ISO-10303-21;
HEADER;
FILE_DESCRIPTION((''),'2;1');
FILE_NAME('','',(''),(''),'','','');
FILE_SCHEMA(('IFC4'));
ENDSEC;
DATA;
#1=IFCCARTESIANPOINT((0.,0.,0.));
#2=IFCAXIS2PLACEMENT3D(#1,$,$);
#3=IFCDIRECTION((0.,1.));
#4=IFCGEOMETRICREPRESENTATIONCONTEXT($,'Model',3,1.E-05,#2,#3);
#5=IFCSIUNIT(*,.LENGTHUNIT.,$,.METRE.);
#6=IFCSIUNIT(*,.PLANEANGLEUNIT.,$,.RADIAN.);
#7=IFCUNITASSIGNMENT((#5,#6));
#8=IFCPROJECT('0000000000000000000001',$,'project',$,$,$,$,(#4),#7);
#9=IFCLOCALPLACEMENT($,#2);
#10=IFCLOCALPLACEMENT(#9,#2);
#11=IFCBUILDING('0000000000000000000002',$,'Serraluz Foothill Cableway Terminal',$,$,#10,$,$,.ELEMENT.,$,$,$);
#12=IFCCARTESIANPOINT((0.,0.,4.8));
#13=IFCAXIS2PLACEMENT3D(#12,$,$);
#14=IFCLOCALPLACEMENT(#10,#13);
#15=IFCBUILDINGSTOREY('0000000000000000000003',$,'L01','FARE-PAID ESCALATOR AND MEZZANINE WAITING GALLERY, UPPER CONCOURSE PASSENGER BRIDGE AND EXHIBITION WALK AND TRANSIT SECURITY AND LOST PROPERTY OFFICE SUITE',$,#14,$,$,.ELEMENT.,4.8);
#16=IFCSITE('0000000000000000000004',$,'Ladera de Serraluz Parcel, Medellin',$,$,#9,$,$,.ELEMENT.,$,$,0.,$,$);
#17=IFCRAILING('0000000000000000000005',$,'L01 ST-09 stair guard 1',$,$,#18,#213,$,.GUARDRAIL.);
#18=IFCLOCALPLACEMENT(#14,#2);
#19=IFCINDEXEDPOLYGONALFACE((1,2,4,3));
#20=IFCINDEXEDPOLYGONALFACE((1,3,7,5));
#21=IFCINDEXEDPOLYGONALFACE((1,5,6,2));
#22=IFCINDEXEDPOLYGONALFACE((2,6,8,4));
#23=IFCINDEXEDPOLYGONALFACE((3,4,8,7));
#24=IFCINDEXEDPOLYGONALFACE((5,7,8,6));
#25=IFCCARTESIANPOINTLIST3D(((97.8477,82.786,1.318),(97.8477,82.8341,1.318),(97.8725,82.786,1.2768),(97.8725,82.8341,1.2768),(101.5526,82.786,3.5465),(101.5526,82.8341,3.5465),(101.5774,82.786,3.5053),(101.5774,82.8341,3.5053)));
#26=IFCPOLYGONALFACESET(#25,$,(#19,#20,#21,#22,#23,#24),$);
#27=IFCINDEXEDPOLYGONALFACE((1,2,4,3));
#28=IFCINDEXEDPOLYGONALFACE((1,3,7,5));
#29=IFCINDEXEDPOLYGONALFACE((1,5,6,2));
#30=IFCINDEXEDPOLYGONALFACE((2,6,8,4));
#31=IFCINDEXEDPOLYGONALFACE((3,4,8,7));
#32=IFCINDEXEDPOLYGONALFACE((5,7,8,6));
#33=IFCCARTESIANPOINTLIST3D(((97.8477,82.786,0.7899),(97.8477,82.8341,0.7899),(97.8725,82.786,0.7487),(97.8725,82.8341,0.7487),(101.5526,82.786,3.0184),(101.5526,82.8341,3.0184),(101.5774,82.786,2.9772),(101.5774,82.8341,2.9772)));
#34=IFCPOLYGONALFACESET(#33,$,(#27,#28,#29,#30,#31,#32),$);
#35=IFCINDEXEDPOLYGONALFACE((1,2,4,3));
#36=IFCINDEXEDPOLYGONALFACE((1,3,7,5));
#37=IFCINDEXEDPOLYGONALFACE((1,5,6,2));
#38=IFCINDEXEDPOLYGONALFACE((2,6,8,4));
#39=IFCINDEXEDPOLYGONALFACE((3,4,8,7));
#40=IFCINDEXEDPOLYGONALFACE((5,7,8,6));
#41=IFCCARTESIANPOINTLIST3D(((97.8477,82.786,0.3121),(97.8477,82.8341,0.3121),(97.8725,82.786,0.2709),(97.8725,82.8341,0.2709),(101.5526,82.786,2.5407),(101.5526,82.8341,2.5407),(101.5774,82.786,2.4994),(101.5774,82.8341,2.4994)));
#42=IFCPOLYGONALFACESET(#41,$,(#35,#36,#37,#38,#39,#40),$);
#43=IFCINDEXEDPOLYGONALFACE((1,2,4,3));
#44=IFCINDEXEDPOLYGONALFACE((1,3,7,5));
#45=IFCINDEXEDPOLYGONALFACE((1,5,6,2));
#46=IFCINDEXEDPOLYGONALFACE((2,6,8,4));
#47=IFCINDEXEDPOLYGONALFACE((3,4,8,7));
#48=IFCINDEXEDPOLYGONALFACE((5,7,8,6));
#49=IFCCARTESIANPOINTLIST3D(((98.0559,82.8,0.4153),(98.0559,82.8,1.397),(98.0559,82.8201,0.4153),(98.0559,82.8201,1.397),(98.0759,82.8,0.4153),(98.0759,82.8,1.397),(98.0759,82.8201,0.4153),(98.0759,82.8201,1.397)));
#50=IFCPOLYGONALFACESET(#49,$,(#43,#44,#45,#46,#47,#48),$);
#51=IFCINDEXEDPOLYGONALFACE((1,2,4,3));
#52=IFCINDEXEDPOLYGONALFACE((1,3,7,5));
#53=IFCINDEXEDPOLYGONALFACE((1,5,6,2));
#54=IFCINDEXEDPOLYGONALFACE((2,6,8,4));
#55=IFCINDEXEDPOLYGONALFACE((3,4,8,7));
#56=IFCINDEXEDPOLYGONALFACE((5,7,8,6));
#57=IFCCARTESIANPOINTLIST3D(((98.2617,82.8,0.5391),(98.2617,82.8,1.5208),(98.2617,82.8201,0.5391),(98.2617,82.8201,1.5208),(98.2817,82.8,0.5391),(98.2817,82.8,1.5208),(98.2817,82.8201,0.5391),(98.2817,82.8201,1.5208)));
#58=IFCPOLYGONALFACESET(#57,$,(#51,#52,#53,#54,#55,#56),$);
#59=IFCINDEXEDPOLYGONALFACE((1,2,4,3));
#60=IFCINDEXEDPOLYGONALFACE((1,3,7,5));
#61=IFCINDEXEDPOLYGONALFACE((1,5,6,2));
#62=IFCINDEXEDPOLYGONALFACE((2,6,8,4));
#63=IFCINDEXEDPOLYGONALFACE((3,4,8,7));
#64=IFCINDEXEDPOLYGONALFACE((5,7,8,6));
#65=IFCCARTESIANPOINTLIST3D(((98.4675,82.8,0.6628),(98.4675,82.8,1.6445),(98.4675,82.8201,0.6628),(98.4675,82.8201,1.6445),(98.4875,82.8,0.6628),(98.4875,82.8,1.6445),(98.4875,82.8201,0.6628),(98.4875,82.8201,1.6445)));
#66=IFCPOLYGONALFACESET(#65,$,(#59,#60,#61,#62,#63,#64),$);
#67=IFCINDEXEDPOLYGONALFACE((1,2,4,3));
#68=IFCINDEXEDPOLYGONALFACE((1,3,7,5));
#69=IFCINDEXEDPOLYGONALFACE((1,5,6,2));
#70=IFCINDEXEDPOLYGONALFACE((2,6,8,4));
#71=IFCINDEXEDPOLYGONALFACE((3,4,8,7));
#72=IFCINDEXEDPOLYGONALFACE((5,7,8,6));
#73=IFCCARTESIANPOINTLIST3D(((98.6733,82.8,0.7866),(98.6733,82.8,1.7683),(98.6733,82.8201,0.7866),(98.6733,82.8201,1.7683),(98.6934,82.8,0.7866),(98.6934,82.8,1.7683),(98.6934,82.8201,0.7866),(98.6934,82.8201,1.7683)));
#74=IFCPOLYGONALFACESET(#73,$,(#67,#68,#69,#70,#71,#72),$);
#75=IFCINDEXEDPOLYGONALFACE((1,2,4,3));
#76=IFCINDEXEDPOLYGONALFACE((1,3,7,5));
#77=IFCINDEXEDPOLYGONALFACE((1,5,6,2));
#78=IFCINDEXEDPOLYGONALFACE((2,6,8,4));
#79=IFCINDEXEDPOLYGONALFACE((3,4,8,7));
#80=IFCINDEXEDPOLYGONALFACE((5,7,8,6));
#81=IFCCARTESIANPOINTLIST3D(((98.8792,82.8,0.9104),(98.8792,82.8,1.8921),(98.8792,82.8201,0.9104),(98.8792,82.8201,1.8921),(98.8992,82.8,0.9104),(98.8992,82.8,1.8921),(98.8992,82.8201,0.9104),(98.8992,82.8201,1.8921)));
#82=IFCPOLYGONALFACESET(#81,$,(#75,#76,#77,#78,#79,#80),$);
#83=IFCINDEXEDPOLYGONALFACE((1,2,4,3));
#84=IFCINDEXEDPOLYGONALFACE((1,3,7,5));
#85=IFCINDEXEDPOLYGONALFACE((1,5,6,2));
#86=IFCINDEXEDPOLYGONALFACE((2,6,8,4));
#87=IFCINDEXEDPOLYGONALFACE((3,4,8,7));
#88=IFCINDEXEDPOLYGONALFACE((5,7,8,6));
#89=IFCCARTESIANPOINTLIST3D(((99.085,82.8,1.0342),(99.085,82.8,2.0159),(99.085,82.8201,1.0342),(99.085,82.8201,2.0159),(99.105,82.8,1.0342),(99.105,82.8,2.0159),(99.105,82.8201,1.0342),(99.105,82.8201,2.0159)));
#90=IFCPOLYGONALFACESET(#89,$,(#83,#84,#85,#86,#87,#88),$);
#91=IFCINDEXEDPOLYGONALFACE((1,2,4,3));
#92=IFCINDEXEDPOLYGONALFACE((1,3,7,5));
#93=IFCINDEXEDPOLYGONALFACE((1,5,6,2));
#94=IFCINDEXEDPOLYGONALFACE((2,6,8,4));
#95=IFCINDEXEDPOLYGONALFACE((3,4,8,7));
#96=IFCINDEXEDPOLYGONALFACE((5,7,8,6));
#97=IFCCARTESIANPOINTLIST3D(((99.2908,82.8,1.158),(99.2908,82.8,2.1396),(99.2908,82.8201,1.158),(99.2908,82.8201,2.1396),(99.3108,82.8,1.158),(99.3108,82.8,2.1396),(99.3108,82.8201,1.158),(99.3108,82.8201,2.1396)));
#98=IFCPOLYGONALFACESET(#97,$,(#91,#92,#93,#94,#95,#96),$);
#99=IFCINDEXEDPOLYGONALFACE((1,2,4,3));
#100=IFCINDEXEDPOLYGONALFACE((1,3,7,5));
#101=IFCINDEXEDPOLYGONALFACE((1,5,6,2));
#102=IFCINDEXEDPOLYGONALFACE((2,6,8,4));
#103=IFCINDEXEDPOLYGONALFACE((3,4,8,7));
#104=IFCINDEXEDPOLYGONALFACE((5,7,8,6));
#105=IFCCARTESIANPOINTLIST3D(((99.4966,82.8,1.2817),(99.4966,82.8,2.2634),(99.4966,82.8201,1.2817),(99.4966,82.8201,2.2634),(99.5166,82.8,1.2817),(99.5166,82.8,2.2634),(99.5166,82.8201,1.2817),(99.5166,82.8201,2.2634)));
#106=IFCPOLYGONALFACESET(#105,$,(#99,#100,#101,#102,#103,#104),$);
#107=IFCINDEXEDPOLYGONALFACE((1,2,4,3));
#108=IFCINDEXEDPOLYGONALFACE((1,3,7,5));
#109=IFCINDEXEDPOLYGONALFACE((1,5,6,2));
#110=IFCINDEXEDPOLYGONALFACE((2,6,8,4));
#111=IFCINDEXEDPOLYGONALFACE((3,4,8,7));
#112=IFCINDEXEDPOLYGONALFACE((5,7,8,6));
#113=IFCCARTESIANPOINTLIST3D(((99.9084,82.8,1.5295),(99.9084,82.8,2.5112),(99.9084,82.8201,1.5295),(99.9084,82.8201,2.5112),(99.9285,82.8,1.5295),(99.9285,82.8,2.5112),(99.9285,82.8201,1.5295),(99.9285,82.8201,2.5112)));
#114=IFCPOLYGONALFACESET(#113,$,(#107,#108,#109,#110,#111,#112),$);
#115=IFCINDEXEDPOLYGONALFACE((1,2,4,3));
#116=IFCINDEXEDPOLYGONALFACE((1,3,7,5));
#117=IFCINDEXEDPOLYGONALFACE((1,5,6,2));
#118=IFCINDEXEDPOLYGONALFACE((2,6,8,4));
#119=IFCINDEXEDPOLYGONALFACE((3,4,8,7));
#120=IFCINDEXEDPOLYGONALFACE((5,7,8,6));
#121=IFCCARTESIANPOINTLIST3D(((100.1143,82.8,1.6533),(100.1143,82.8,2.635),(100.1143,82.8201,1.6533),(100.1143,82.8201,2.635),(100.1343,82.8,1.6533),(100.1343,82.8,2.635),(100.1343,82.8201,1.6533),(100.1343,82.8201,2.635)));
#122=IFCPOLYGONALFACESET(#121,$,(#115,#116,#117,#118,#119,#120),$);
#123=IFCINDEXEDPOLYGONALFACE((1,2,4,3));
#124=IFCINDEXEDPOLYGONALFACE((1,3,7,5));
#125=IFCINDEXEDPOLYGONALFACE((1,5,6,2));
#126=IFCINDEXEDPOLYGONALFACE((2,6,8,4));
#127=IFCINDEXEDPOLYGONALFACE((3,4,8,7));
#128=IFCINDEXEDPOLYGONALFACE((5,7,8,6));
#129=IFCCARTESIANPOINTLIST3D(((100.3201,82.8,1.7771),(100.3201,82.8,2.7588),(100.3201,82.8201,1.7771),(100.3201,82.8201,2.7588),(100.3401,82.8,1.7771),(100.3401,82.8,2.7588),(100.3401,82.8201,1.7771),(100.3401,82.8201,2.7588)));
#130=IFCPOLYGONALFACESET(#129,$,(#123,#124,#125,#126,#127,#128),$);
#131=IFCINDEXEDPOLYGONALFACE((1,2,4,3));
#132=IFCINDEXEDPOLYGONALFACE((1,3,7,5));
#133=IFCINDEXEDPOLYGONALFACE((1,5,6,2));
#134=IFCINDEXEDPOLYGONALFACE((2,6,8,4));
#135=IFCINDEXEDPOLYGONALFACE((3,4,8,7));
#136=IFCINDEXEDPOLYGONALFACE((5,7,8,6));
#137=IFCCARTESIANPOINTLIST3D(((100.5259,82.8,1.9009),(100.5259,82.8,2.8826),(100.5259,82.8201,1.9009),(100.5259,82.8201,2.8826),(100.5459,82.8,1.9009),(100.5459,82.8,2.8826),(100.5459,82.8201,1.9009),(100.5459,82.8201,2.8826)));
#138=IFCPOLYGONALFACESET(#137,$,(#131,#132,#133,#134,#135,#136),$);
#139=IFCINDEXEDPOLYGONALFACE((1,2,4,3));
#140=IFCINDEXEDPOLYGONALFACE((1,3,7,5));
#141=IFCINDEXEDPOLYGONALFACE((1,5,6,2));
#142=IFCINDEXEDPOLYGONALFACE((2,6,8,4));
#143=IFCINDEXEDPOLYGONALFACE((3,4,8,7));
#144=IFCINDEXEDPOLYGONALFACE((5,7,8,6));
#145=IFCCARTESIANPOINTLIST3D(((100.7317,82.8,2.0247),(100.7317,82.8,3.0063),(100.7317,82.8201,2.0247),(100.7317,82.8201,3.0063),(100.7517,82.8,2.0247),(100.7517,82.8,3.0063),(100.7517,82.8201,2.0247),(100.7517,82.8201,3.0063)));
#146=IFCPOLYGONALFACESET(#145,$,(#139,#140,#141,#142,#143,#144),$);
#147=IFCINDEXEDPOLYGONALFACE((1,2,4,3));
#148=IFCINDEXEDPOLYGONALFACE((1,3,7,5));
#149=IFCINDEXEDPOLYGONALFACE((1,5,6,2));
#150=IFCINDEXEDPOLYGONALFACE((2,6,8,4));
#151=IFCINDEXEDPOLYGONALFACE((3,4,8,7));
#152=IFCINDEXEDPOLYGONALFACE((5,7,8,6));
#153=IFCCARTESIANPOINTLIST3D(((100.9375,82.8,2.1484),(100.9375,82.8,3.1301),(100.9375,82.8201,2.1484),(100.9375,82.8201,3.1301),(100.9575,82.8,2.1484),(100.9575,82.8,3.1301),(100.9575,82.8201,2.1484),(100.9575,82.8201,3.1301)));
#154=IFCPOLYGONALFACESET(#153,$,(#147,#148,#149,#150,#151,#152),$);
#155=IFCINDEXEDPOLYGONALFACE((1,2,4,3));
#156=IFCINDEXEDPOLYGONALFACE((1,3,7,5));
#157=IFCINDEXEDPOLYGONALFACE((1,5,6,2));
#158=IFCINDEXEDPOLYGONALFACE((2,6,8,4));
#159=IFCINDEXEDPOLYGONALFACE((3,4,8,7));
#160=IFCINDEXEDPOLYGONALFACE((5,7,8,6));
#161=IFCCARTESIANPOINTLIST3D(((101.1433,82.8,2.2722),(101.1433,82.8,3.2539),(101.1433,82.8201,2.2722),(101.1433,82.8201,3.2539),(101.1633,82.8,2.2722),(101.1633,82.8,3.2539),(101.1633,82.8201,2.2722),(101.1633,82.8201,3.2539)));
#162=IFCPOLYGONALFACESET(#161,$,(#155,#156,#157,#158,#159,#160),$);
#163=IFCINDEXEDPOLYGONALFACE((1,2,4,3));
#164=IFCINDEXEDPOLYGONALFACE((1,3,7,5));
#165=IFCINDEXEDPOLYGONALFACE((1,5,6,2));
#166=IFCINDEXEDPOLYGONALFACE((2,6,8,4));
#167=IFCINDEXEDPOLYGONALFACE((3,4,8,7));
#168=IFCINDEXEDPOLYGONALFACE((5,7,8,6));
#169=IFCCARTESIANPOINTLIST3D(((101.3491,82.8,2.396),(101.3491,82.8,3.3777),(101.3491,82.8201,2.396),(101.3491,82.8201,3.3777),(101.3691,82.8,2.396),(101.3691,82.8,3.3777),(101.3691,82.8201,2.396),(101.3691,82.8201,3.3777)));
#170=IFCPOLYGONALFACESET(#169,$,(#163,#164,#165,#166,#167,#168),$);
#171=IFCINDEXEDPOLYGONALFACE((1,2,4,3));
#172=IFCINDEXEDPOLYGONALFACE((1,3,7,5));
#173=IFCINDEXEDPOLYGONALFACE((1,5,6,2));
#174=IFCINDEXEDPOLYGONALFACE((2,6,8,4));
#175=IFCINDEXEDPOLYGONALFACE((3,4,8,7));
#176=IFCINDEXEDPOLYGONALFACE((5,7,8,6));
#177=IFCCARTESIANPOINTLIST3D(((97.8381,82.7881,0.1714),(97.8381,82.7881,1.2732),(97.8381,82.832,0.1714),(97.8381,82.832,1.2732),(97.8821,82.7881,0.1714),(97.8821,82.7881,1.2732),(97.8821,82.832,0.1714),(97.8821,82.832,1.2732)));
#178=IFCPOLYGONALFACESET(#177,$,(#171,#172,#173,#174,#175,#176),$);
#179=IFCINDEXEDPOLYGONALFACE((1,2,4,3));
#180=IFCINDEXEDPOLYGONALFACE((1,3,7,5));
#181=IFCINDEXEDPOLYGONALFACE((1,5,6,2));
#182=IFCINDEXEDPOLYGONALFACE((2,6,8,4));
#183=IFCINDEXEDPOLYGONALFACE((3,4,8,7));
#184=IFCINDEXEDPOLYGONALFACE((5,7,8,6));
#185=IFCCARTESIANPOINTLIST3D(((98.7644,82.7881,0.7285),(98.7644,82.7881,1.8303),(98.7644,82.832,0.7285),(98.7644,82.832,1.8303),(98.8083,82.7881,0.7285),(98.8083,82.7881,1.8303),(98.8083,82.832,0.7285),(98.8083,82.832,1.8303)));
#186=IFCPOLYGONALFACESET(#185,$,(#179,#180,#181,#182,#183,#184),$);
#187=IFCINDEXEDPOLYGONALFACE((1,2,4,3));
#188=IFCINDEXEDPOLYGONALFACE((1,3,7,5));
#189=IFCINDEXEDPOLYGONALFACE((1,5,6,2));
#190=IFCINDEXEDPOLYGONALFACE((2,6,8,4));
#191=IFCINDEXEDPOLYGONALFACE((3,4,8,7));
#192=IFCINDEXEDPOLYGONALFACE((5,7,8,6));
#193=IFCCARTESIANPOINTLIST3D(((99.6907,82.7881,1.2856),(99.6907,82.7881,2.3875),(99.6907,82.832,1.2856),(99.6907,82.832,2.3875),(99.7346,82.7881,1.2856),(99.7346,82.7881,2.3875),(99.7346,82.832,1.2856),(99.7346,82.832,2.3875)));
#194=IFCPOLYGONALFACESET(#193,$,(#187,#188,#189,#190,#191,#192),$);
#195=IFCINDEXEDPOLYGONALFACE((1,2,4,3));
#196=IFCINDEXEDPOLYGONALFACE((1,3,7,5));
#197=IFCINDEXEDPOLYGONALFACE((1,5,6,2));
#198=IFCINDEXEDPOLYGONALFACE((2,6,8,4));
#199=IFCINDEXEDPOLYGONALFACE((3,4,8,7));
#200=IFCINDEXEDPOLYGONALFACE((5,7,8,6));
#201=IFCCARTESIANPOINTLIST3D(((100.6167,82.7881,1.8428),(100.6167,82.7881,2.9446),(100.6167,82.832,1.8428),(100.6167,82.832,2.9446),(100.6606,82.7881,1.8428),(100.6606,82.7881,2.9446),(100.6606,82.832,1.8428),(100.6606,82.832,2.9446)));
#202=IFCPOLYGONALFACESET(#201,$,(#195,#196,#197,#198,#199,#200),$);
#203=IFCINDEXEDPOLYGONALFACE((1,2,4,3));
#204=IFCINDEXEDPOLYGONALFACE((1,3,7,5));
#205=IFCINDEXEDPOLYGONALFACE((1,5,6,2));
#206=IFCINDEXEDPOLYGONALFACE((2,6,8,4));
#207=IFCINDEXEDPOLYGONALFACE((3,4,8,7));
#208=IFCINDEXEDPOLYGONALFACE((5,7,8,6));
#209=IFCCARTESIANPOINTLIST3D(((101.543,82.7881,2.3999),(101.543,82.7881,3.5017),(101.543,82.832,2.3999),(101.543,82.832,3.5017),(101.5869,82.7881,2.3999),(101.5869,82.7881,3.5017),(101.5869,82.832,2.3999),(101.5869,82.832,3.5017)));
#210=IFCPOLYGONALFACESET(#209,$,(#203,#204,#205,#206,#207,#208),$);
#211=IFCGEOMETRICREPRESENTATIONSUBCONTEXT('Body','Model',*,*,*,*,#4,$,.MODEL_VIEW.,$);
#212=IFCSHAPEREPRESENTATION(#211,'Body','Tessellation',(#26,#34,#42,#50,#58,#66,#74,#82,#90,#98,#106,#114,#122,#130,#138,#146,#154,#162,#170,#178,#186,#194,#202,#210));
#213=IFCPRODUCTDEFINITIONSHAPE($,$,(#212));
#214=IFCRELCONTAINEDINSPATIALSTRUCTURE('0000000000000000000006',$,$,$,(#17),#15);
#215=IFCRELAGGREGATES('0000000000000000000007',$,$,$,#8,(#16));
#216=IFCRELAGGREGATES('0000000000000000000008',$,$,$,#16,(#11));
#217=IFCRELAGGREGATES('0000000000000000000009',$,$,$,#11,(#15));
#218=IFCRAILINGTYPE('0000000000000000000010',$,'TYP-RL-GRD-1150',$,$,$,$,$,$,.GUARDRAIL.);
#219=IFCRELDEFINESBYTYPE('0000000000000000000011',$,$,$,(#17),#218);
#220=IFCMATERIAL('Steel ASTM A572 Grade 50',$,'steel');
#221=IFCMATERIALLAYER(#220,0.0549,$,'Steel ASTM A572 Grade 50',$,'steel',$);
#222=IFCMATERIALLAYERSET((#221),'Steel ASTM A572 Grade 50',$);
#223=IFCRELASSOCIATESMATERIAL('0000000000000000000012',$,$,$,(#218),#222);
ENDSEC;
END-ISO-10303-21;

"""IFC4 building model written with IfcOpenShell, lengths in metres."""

from ifc_helpers import new_model, si_unit, direction, frame, origin, origin_2d, place, context, subcontext, project, spatial, rectangle, extrude, material, layer, layer_set, type_object, element, save


model = new_model("IFC4")

# Units and contexts
model_context = context("Model", 3, precision=1e-05, world=origin(), true_north=direction((0.0, 1.0)))
body_context = subcontext(model_context, "Body", "Model", "MODEL_VIEW")
ifc_project = project(units=[si_unit("LENGTHUNIT", "METRE"), si_unit("PLANEANGLEUNIT", "RADIAN")], contexts=[model_context])

# Site, building, storey
site_placement = place(None, origin())
site = spatial("IfcSite", under=ifc_project, at=site_placement, Name="Ladera de Serraluz Parcel, Medellin", CompositionType="ELEMENT", RefElevation=0.0)
building_placement = place(site_placement, origin())
building = spatial("IfcBuilding", under=site, at=building_placement, Name="Serraluz Foothill Cableway Terminal", CompositionType="ELEMENT")
storey_placement = place(building_placement, frame((0.0, 0.0, 4.8)))
storey = spatial("IfcBuildingStorey", under=building, at=storey_placement, Name="L01", Description="FARE-PAID ESCALATOR AND MEZZANINE WAITING GALLERY, UPPER CONCOURSE PASSENGER BRIDGE AND EXHIBITION WALK AND TRANSIT SECURITY AND LOST PROPERTY OFFICE SUITE", CompositionType="ELEMENT", Elevation=4.8)

# Railing
ifc_material_1 = material(Name="Steel ASTM A572 Grade 50", Category="steel")
ifc_layer_1 = layer(ifc_material_1, 0.0549, Name="Steel ASTM A572 Grade 50", Category="steel")
ifc_layer_set_1 = layer_set([ifc_layer_1], Name="Steel ASTM A572 Grade 50")
railing_type_1 = type_object("IfcRailingType", Name="TYP-RL-GRD-1150", PredefinedType="GUARDRAIL", material=ifc_layer_set_1)
railing_1_placement = place(storey_placement, frame((97.8601, 82.8101, 0.1714)))
element("IfcRailing", 1, at=railing_1_placement, inside=storey, type_object=railing_type_1, Name="L01 ST-09 stair guard 1", PredefinedType="GUARDRAIL", context=body_context, shape_type="SweptSolid", body=[
    extrude(rectangle(XDim=0.0481, YDim=0.0481, at=origin_2d()), frame((0.0, 0.0, 1.126), z_axis=(0.856919, 0.0, 0.51545), x_axis=(0.0, 1.0, 0.0)), (0.0, 0.0, 1.0), 4.3235),
    extrude(rectangle(XDim=0.0481, YDim=0.0481, at=origin_2d()), frame((0.0, 0.0, 0.5979), z_axis=(0.856919, 0.0, 0.51545), x_axis=(0.0, 1.0, 0.0)), (0.0, 0.0, 1.0), 4.3235),
    extrude(rectangle(XDim=0.0481, YDim=0.0481, at=origin_2d()), frame((0.0, 0.0, 0.1201), z_axis=(0.856919, 0.0, 0.51545), x_axis=(0.0, 1.0, 0.0)), (0.0, 0.0, 1.0), 4.3235),
    extrude(rectangle(XDim=0.02, YDim=0.02, at=origin_2d()), frame((0.2058, 0.0, 0.2439)), (0.0, 0.0, 1.0), 0.9817),
    extrude(rectangle(XDim=0.02, YDim=0.02, at=origin_2d()), frame((0.4116, 0.0, 0.3677)), (0.0, 0.0, 1.0), 0.9817),
    extrude(rectangle(XDim=0.02, YDim=0.02, at=origin_2d()), frame((0.6174, 0.0, 0.4915)), (0.0, 0.0, 1.0), 0.9817),
    extrude(rectangle(XDim=0.02, YDim=0.02, at=origin_2d()), frame((0.8232, 0.0, 0.6152)), (0.0, 0.0, 1.0), 0.9817),
    extrude(rectangle(XDim=0.02, YDim=0.02, at=origin_2d()), frame((1.0291, 0.0, 0.739)), (0.0, 0.0, 1.0), 0.9817),
    extrude(rectangle(XDim=0.02, YDim=0.02, at=origin_2d()), frame((1.2349, 0.0, 0.8628)), (0.0, 0.0, 1.0), 0.9817),
    extrude(rectangle(XDim=0.02, YDim=0.02, at=origin_2d()), frame((1.4407, 0.0, 0.9866)), (0.0, 0.0, 1.0), 0.9817),
    extrude(rectangle(XDim=0.02, YDim=0.02, at=origin_2d()), frame((1.6465, 0.0, 1.1104)), (0.0, 0.0, 1.0), 0.9817),
    extrude(rectangle(XDim=0.02, YDim=0.02, at=origin_2d()), frame((2.0583, 0.0, 1.3582)), (0.0, 0.0, 1.0), 0.9817),
    extrude(rectangle(XDim=0.02, YDim=0.02, at=origin_2d()), frame((2.2642, 0.0, 1.4819)), (0.0, 0.0, 1.0), 0.9817),
    extrude(rectangle(XDim=0.02, YDim=0.02, at=origin_2d()), frame((2.47, 0.0, 1.6057)), (0.0, 0.0, 1.0), 0.9817),
    extrude(rectangle(XDim=0.02, YDim=0.02, at=origin_2d()), frame((2.6758, 0.0, 1.7295)), (0.0, 0.0, 1.0), 0.9817),
    extrude(rectangle(XDim=0.02, YDim=0.02, at=origin_2d()), frame((2.8816, 0.0, 1.8533)), (0.0, 0.0, 1.0), 0.9817),
    extrude(rectangle(XDim=0.02, YDim=0.02, at=origin_2d()), frame((3.0874, 0.0, 1.9771)), (0.0, 0.0, 1.0), 0.9817),
    extrude(rectangle(XDim=0.02, YDim=0.02, at=origin_2d()), frame((3.2932, 0.0, 2.1008)), (0.0, 0.0, 1.0), 0.9817),
    extrude(rectangle(XDim=0.02, YDim=0.02, at=origin_2d()), frame((3.499, 0.0, 2.2246)), (0.0, 0.0, 1.0), 0.9817),
    extrude(rectangle(XDim=0.0439, YDim=0.0439, at=origin_2d()), origin(), (0.0, 0.0, 1.0), 1.1018),
    extrude(rectangle(XDim=0.0439, YDim=0.0439, at=origin_2d()), frame((0.9263, 0.0, 0.5571)), (0.0, 0.0, 1.0), 1.1018),
    extrude(rectangle(XDim=0.0439, YDim=0.0439, at=origin_2d()), frame((1.8525, 0.0, 1.1143)), (0.0, 0.0, 1.0), 1.1018),
    extrude(rectangle(XDim=0.0439, YDim=0.0439, at=origin_2d()), frame((2.7786, 0.0, 1.6714)), (0.0, 0.0, 1.0), 1.1018),
    extrude(rectangle(XDim=0.0439, YDim=0.0439, at=origin_2d()), frame((3.7048, 0.0, 2.2285)), (0.0, 0.0, 1.0), 1.1018),
])

save(model, "model.ifc")
